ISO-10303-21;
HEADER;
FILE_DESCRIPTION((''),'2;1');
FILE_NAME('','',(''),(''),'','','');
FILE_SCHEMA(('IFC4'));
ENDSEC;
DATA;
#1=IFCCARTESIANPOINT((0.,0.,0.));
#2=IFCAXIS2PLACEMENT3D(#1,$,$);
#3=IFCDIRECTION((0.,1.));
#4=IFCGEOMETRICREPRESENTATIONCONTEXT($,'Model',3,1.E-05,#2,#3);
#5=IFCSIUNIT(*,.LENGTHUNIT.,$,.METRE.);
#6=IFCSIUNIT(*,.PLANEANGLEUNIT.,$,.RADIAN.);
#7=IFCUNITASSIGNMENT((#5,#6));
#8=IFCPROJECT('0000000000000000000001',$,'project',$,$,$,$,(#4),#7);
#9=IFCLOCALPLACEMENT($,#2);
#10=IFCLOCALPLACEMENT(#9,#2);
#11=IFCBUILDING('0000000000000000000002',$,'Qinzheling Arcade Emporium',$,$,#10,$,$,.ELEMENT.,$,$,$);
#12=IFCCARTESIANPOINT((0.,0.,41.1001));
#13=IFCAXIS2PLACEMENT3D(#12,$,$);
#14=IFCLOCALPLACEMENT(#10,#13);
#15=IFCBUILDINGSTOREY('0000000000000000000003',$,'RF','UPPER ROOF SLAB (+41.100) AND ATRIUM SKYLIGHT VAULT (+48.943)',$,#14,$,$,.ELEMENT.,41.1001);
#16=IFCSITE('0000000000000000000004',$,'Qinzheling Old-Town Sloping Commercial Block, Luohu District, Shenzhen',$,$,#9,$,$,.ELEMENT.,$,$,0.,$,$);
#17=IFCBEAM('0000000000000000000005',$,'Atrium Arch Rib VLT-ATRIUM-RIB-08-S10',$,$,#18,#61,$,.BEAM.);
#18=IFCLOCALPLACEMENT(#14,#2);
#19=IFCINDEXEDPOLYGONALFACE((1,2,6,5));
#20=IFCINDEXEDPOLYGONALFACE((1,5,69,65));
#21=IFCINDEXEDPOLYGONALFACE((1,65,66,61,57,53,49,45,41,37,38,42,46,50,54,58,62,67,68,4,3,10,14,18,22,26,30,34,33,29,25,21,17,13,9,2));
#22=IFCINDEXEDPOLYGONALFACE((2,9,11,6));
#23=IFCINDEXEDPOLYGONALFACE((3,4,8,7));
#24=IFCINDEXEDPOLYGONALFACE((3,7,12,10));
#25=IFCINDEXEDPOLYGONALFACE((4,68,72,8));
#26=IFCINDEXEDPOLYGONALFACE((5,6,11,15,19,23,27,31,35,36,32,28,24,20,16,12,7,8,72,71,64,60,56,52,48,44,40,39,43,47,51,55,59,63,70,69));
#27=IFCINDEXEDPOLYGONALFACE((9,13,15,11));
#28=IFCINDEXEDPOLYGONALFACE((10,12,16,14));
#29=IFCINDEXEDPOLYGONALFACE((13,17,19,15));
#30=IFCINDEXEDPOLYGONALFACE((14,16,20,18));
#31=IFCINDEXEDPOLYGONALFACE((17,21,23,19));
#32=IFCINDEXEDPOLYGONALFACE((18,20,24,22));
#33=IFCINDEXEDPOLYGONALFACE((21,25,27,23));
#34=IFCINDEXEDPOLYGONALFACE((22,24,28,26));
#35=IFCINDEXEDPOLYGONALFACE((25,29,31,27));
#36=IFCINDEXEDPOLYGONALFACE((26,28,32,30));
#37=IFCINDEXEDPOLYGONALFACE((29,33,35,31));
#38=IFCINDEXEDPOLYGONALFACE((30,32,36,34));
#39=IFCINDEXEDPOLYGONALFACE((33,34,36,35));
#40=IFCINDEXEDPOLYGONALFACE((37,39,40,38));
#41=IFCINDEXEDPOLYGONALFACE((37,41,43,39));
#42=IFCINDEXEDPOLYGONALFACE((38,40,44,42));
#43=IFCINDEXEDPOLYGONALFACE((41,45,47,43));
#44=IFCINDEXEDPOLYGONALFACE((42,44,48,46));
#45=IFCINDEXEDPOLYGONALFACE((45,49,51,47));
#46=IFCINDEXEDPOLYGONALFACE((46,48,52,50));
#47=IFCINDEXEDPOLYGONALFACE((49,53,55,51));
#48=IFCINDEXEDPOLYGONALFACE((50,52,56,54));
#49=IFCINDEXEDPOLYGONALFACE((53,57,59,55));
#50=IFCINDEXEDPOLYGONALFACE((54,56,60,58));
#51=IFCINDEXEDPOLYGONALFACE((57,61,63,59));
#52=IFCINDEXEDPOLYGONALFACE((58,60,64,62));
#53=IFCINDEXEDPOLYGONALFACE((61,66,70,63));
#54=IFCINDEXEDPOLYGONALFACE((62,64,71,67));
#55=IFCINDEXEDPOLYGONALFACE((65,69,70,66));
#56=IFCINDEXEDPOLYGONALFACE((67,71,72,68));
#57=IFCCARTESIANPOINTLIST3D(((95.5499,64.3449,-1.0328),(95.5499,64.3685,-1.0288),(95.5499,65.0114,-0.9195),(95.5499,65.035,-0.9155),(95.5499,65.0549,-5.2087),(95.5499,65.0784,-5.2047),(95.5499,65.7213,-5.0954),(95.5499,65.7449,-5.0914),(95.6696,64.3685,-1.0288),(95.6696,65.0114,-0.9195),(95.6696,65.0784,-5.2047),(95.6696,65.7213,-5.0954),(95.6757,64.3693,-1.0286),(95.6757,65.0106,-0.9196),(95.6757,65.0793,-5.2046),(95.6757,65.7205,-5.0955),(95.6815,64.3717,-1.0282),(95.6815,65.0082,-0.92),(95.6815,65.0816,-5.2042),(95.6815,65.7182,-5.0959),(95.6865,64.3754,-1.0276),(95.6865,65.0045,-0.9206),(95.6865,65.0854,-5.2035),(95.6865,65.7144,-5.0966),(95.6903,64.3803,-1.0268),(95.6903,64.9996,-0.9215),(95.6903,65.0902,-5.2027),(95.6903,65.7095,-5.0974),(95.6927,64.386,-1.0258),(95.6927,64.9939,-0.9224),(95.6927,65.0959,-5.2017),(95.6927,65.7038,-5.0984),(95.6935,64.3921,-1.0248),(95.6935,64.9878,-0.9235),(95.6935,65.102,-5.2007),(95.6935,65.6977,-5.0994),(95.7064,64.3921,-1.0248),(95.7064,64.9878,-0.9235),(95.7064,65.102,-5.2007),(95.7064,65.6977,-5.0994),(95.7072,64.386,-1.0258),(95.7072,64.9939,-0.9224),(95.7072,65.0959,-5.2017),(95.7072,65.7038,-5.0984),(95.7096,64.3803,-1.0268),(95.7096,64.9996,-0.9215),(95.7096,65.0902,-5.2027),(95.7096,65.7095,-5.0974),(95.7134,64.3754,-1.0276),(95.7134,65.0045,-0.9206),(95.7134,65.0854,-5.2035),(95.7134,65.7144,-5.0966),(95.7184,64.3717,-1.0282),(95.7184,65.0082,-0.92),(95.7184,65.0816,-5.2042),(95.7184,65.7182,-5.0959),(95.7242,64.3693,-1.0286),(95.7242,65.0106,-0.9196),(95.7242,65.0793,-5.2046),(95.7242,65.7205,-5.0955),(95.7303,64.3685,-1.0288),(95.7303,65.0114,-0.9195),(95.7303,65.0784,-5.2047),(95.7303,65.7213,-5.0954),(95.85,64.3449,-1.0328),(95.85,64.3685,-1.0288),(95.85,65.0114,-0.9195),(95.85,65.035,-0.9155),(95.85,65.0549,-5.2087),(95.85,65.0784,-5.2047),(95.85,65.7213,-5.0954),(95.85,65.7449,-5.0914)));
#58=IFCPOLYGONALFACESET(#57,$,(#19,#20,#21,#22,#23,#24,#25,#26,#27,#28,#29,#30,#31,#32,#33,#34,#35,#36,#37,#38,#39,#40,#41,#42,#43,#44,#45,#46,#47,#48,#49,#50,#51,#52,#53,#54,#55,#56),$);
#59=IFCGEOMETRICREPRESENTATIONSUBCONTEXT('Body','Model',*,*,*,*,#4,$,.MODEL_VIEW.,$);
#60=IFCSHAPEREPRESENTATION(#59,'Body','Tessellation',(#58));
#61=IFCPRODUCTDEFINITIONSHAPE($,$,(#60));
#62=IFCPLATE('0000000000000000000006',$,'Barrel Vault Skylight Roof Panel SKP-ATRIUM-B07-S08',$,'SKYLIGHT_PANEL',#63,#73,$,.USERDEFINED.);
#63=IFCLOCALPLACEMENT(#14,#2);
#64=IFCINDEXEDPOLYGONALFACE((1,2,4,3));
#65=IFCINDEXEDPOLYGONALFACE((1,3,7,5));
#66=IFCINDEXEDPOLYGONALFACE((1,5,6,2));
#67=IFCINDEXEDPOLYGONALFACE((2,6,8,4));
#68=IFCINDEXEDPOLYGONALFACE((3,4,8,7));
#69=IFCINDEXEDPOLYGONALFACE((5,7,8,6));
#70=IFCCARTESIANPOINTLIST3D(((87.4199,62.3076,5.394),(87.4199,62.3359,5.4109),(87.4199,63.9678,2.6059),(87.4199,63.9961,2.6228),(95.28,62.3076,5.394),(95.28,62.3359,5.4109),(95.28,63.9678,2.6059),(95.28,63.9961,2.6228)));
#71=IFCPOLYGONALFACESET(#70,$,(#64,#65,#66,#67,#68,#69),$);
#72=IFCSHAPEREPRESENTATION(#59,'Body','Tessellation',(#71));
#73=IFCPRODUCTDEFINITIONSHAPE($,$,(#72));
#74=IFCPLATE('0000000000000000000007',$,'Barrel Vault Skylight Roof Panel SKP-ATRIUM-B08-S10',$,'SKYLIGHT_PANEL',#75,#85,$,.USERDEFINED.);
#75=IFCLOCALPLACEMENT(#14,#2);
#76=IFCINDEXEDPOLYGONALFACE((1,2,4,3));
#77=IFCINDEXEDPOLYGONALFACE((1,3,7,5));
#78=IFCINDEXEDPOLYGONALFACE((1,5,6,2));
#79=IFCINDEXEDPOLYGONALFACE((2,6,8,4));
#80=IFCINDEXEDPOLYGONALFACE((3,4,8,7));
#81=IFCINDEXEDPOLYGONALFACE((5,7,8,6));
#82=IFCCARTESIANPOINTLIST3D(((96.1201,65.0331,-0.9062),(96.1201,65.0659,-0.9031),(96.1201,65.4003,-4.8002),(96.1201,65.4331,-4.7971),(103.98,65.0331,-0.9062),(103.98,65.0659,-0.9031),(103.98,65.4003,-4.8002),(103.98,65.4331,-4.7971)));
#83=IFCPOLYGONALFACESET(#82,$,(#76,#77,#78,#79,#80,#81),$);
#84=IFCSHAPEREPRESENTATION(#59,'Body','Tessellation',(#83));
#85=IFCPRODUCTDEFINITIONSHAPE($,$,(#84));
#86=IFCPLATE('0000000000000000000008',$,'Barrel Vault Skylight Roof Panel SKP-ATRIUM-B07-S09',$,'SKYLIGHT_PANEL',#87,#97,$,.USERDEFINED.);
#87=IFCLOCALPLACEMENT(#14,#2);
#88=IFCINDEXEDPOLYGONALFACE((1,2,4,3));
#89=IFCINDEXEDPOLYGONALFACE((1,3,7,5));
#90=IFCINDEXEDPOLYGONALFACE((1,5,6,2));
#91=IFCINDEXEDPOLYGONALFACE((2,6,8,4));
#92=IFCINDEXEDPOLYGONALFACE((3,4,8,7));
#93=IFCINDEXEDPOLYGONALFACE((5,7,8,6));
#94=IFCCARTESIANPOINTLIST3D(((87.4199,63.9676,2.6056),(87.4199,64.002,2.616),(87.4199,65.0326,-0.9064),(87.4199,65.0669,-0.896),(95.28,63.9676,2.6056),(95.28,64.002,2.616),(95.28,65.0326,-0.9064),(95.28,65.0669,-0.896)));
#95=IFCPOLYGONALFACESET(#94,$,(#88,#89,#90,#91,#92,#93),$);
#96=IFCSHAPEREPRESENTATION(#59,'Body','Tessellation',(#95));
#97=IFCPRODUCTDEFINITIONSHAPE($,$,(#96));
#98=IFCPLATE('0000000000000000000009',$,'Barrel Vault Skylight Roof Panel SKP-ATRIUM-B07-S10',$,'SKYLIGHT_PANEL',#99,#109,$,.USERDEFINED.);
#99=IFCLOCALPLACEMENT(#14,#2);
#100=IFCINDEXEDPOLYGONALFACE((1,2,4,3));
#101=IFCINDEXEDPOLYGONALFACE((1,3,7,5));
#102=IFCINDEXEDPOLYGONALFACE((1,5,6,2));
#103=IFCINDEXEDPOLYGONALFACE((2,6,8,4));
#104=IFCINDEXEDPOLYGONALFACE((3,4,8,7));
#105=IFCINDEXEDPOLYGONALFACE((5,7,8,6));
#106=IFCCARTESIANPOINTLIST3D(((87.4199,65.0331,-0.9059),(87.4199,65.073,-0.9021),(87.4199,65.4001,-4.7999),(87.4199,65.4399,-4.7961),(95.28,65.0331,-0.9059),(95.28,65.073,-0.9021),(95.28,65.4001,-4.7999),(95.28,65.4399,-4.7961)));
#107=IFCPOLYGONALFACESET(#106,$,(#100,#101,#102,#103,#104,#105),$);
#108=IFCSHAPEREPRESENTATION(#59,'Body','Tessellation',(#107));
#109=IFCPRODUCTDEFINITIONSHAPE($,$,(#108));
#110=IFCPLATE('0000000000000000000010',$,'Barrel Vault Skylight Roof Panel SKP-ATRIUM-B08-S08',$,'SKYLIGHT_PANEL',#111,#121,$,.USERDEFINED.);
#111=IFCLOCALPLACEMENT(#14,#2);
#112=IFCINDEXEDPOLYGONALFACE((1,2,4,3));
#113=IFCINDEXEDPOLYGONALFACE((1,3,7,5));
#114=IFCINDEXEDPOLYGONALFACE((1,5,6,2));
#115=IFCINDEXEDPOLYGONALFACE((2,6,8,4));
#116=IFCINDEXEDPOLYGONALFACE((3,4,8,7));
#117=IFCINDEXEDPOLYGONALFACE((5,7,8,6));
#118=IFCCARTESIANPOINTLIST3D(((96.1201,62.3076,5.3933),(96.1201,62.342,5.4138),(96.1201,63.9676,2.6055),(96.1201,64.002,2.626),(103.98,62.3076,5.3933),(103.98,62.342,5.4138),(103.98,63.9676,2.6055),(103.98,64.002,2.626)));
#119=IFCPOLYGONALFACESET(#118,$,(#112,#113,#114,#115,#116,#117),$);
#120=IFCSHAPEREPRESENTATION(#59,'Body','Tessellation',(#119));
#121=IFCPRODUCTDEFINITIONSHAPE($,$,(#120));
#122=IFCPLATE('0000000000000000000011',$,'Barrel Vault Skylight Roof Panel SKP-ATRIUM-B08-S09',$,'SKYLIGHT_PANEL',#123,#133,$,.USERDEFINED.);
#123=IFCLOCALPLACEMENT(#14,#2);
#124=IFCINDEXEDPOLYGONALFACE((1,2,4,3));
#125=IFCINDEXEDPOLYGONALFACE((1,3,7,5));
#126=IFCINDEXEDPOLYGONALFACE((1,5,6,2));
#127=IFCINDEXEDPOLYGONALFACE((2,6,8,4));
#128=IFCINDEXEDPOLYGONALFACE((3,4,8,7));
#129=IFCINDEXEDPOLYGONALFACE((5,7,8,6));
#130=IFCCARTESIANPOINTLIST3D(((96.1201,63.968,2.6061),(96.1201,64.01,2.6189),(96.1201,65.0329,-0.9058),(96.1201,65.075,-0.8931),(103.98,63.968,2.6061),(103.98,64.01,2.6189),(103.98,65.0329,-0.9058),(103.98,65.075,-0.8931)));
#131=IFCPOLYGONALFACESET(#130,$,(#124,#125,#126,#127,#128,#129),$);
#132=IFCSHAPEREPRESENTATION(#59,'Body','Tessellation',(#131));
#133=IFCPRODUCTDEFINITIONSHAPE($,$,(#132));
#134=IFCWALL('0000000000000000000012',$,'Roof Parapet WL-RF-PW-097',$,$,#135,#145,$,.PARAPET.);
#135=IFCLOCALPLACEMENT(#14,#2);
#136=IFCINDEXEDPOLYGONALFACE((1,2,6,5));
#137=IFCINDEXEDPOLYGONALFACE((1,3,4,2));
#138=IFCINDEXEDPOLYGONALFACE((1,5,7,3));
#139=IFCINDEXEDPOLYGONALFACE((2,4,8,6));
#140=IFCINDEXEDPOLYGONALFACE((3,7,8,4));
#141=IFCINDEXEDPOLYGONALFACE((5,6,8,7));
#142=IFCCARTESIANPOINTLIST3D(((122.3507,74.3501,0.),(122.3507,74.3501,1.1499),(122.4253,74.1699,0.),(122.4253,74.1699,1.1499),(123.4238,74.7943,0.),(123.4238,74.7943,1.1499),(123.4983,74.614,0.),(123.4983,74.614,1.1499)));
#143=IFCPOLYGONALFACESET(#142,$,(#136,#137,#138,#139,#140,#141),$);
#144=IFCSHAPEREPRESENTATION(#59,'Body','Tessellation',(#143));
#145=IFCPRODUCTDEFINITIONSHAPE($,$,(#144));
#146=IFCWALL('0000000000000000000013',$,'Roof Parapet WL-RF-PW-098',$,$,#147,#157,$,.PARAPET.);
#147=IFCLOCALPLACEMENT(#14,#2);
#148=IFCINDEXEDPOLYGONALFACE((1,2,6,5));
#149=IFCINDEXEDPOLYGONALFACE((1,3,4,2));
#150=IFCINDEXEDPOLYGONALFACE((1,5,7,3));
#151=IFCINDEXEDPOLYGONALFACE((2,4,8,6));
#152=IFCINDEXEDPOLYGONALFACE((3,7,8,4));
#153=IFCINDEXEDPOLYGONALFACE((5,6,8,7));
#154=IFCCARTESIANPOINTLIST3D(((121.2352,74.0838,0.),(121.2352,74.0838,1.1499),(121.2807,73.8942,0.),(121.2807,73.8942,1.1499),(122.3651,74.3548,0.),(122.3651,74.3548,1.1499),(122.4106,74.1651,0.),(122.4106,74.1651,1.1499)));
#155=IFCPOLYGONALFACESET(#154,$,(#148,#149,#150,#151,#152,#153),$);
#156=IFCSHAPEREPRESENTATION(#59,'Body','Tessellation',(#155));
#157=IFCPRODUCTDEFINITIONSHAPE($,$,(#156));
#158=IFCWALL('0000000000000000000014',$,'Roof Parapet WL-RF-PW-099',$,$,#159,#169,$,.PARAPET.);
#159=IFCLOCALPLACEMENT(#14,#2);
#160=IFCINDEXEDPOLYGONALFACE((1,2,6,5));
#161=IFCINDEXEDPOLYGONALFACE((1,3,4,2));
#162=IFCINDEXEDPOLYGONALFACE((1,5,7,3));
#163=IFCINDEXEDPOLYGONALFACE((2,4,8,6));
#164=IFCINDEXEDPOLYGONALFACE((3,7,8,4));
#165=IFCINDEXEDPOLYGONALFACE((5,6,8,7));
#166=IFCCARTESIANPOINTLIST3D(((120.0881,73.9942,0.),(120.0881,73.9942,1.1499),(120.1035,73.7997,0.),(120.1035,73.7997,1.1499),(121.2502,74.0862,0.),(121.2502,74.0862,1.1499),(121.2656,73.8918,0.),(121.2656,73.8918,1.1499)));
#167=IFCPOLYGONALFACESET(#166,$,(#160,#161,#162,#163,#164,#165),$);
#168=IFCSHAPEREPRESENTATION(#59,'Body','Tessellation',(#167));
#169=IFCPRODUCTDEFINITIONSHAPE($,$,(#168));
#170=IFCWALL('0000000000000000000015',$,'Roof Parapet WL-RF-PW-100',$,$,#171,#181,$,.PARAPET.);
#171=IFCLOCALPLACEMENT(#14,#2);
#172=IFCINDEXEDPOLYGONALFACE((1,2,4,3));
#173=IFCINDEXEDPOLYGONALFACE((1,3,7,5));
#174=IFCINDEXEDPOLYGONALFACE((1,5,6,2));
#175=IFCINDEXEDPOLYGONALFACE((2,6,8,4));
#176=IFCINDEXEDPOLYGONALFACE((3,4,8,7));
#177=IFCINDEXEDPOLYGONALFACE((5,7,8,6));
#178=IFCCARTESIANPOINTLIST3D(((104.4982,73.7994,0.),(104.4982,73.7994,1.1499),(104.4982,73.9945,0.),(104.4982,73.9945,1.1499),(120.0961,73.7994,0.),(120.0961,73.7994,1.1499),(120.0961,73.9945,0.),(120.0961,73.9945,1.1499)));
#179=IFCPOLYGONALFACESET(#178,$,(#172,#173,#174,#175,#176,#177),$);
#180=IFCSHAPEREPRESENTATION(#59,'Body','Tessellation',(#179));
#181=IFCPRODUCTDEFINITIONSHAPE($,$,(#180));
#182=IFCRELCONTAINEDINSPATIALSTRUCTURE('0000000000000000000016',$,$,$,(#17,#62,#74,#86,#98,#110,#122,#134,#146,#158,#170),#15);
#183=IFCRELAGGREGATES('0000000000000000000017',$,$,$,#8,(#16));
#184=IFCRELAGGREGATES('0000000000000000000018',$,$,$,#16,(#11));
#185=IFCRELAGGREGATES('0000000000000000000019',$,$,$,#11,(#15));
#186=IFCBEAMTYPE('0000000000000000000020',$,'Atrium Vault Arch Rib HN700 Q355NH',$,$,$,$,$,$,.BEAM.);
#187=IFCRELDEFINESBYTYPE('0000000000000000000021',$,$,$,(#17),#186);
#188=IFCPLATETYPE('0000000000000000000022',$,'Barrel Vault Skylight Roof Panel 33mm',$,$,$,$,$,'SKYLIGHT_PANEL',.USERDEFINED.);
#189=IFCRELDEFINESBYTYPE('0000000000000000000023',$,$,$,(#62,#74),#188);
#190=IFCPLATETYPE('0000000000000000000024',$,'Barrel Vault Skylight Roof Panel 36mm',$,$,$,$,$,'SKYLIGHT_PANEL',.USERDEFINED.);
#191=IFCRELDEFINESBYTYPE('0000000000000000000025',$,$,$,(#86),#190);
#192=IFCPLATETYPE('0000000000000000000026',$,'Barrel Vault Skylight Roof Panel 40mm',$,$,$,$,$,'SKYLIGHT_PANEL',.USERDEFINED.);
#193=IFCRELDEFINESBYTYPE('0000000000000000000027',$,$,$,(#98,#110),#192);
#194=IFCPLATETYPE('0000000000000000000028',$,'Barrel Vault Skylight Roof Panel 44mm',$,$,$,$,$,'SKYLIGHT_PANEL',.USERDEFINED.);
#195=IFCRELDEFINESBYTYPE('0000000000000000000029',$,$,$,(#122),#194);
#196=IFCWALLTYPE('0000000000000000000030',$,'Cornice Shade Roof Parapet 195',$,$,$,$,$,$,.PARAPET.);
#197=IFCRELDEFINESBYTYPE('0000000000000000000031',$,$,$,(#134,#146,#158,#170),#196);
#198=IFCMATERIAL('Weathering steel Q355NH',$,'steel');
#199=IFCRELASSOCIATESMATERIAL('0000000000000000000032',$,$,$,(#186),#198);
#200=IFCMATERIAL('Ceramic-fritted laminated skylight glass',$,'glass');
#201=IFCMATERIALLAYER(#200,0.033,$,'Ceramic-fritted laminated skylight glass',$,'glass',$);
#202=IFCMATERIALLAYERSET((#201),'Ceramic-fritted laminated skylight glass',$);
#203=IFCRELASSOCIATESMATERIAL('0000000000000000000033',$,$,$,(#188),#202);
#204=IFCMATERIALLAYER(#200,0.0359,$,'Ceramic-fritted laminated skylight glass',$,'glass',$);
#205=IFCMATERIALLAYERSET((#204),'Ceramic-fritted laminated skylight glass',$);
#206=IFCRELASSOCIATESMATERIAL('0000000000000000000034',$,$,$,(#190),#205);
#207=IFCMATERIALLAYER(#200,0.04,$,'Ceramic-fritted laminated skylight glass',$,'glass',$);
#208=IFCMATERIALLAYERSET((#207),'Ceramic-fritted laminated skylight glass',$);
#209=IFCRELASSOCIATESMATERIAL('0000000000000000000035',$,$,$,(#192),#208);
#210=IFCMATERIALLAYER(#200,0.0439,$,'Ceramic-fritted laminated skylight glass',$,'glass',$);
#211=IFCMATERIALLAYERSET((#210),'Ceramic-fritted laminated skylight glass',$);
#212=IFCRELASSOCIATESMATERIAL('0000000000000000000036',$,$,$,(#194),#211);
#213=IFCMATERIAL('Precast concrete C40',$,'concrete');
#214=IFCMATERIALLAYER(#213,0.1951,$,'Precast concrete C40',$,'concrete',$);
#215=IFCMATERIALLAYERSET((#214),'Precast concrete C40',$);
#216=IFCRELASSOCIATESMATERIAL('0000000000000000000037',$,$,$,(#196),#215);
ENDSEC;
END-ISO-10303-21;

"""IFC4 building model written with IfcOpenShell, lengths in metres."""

from ifc_helpers import new_model, si_unit, direction, frame, frame_2d, origin, origin_2d, place, context, subcontext, project, spatial, polyline, rectangle, i_section, outline, extrude, material, layer, layer_set, material_profile, profile_set, type_object, element, save


model = new_model("IFC4")

# Units and contexts
model_context = context("Model", 3, precision=1e-05, world=origin(), true_north=direction((0.0, 1.0)))
body_context = subcontext(model_context, "Body", "Model", "MODEL_VIEW")
ifc_project = project(units=[si_unit("LENGTHUNIT", "METRE"), si_unit("PLANEANGLEUNIT", "RADIAN")], contexts=[model_context])

# Site, building, storey
site_placement = place(None, origin())
site = spatial("IfcSite", under=ifc_project, at=site_placement, Name="Qinzheling Old-Town Sloping Commercial Block, Luohu District, Shenzhen", CompositionType="ELEMENT", RefElevation=0.0)
building_placement = place(site_placement, origin())
building = spatial("IfcBuilding", under=site, at=building_placement, Name="Qinzheling Arcade Emporium", CompositionType="ELEMENT")
storey_placement = place(building_placement, frame((0.0, 0.0, 41.1001)))
storey = spatial("IfcBuildingStorey", under=building, at=storey_placement, Name="RF", Description="UPPER ROOF SLAB (+41.100) AND ATRIUM SKYLIGHT VAULT (+48.943)", CompositionType="ELEMENT", Elevation=41.1001)

# Shared definitions
ifc_material_1 = material(Name="Weathering steel Q355NH", Category="steel")

# Beam
ifc_material_profile_1 = material_profile(ifc_material_1, i_section(OverallWidth=0.3, OverallDepth=0.7, WebThickness=0.0129, FlangeThickness=0.0239, FilletRadius=0.0239, at=origin_2d()), Name="HN 700x300x13x24", Category="steel")
ifc_profile_set_1 = profile_set([ifc_material_profile_1], Name="Weathering steel Q355NH")
beam_type_1 = type_object("IfcBeamType", Name="Atrium Vault Arch Rib HN700 Q355NH", PredefinedType="BEAM", material=ifc_profile_set_1)
beam_1_placement = place(storey_placement, frame((95.7, 64.6899, -0.9741), z_axis=(0.0, 0.167604, -0.985854), x_axis=(-1.0, 0.0, 0.0)))
element("IfcBeam", 1, at=beam_1_placement, inside=storey, type_object=beam_type_1, Name="Atrium Arch Rib VLT-ATRIUM-RIB-08-S10", PredefinedType="BEAM", context=body_context, shape_type="SweptSolid", body=[
    extrude(i_section(OverallWidth=0.3, OverallDepth=0.7, WebThickness=0.0129, FlangeThickness=0.0239, FilletRadius=0.0239, at=origin_2d()), origin(), (0.0, 0.0, 1.0), 4.2358),
])

# Plates
ifc_material_2 = material(Name="Ceramic-fritted laminated skylight glass", Category="glass")
ifc_layer_1 = layer(ifc_material_2, 0.033, Name="Ceramic-fritted laminated skylight glass", Category="glass")
ifc_layer_set_1 = layer_set([ifc_layer_1], Name="Ceramic-fritted laminated skylight glass")
plate_type_1 = type_object("IfcPlateType", Name="Barrel Vault Skylight Roof Panel 33mm", ElementType="SKYLIGHT_PANEL", PredefinedType="USERDEFINED", material=ifc_layer_set_1)
plate_1_placement = place(storey_placement, frame((87.4199, 62.3359, 5.4109), z_axis=(0.0, 0.859214, 0.511616), x_axis=(1.0, 0.0, 0.0)))
element("IfcPlate", 2, at=plate_1_placement, inside=storey, type_object=plate_type_1, Name="Barrel Vault Skylight Roof Panel SKP-ATRIUM-B07-S08", ObjectType="SKYLIGHT_PANEL", PredefinedType="USERDEFINED", context=body_context, shape_type="SweptSolid", body=[
    extrude(outline(polyline([(0.0, 0.0), (7.8601, 0.0), (7.8601, 3.2449), (0.0, 3.2449), (0.0, 0.0)])), origin(), (0.0, 0.0, -1.0), 0.033),
])
plate_2_placement = place(storey_placement, frame((96.1201, 65.0659, -0.9031), z_axis=(0.0, 0.995584, 0.093878), x_axis=(1.0, 0.0, 0.0)))
element("IfcPlate", 3, at=plate_2_placement, inside=storey, type_object=plate_type_1, Name="Barrel Vault Skylight Roof Panel SKP-ATRIUM-B08-S10", ObjectType="SKYLIGHT_PANEL", PredefinedType="USERDEFINED", context=body_context, shape_type="SweptSolid", body=[
    extrude(outline(polyline([(0.0, 0.0), (7.8599, 0.0), (7.8599, 3.9113), (0.0, 3.9113), (0.0, 0.0)])), origin(), (0.0, 0.0, -1.0), 0.033),
])
ifc_layer_2 = layer(ifc_material_2, 0.0359, Name="Ceramic-fritted laminated skylight glass", Category="glass")
ifc_layer_set_2 = layer_set([ifc_layer_2], Name="Ceramic-fritted laminated skylight glass")
plate_type_2 = type_object("IfcPlateType", Name="Barrel Vault Skylight Roof Panel 36mm", ElementType="SKYLIGHT_PANEL", PredefinedType="USERDEFINED", material=ifc_layer_set_2)
plate_3_placement = place(storey_placement, frame((87.4199, 64.002, 2.616), z_axis=(0.0, 0.956971, 0.290185), x_axis=(1.0, 0.0, 0.0)))
element("IfcPlate", 4, at=plate_3_placement, inside=storey, type_object=plate_type_2, Name="Barrel Vault Skylight Roof Panel SKP-ATRIUM-B07-S09", ObjectType="SKYLIGHT_PANEL", PredefinedType="USERDEFINED", context=body_context, shape_type="SweptSolid", body=[
    extrude(outline(polyline([(0.0, 0.0), (7.8601, 0.0), (7.8601, 3.6699), (0.0, 3.6699), (0.0, 0.0)])), origin(), (0.0, 0.0, -1.0), 0.0359),
])
ifc_layer_3 = layer(ifc_material_2, 0.04, Name="Ceramic-fritted laminated skylight glass", Category="glass")
ifc_layer_set_3 = layer_set([ifc_layer_3], Name="Ceramic-fritted laminated skylight glass")
plate_type_3 = type_object("IfcPlateType", Name="Barrel Vault Skylight Roof Panel 40mm", ElementType="SKYLIGHT_PANEL", PredefinedType="USERDEFINED", material=ifc_layer_set_3)
plate_4_placement = place(storey_placement, frame((87.4199, 65.073, -0.9021), z_axis=(0.0, 0.99559, 0.093816), x_axis=(1.0, 0.0, 0.0)))
element("IfcPlate", 5, at=plate_4_placement, inside=storey, type_object=plate_type_3, Name="Barrel Vault Skylight Roof Panel SKP-ATRIUM-B07-S10", ObjectType="SKYLIGHT_PANEL", PredefinedType="USERDEFINED", context=body_context, shape_type="SweptSolid", body=[
    extrude(outline(polyline([(0.0, 0.0), (7.8601, 0.0), (7.8601, 3.9113), (0.0, 3.9113), (0.0, 0.0)])), origin(), (0.0, 0.0, -1.0), 0.04),
])
plate_5_placement = place(storey_placement, frame((96.1201, 62.342, 5.4138), z_axis=(0.0, 0.859228, 0.511594), x_axis=(1.0, 0.0, 0.0)))
element("IfcPlate", 6, at=plate_5_placement, inside=storey, type_object=plate_type_3, Name="Barrel Vault Skylight Roof Panel SKP-ATRIUM-B08-S08", ObjectType="SKYLIGHT_PANEL", PredefinedType="USERDEFINED", context=body_context, shape_type="SweptSolid", body=[
    extrude(outline(polyline([(0.0, 0.0), (7.8599, 0.0), (7.8599, 3.2446), (0.0, 3.2446), (0.0, 0.0)])), origin(), (0.0, 0.0, -1.0), 0.04),
])
ifc_layer_4 = layer(ifc_material_2, 0.0439, Name="Ceramic-fritted laminated skylight glass", Category="glass")
ifc_layer_set_4 = layer_set([ifc_layer_4], Name="Ceramic-fritted laminated skylight glass")
plate_type_4 = type_object("IfcPlateType", Name="Barrel Vault Skylight Roof Panel 44mm", ElementType="SKYLIGHT_PANEL", PredefinedType="USERDEFINED", material=ifc_layer_set_4)
plate_6_placement = place(storey_placement, frame((96.1201, 64.01, 2.6189), z_axis=(0.0, 0.956971, 0.290185), x_axis=(1.0, 0.0, 0.0)))
element("IfcPlate", 7, at=plate_6_placement, inside=storey, type_object=plate_type_4, Name="Barrel Vault Skylight Roof Panel SKP-ATRIUM-B08-S09", ObjectType="SKYLIGHT_PANEL", PredefinedType="USERDEFINED", context=body_context, shape_type="SweptSolid", body=[
    extrude(outline(polyline([(0.0, 0.0), (7.8599, 0.0), (7.8599, 3.6699), (0.0, 3.6699), (0.0, 0.0)])), origin(), (0.0, 0.0, -1.0), 0.0439),
])

# Walls
ifc_material_3 = material(Name="Precast concrete C40", Category="concrete")
ifc_layer_5 = layer(ifc_material_3, 0.1951, Name="Precast concrete C40", Category="concrete")
ifc_layer_set_5 = layer_set([ifc_layer_5], Name="Precast concrete C40")
wall_type_1 = type_object("IfcWallType", Name="Cornice Shade Roof Parapet 195", PredefinedType="PARAPET", material=ifc_layer_set_5)
wall_1_placement = place(storey_placement, frame((123.4609, 74.7041, 0.0), z_axis=(0.0, 0.0, 1.0), x_axis=(-0.923989, -0.38242, 0.0)))
element("IfcWall", 8, at=wall_1_placement, inside=storey, type_object=wall_type_1, Name="Roof Parapet WL-RF-PW-097", PredefinedType="PARAPET", context=body_context, shape_type="SweptSolid", body=[
    extrude(rectangle(XDim=1.1614, YDim=0.1951, at=frame_2d((0.5806, 0.0))), origin(), (0.0, 0.0, 1.0), 1.1499),
])
wall_2_placement = place(storey_placement, frame((122.3879, 74.26, 0.0), z_axis=(0.0, 0.0, 1.0), x_axis=(-0.972422, -0.23323, 0.0)))
element("IfcWall", 9, at=wall_2_placement, inside=storey, type_object=wall_type_1, Name="Roof Parapet WL-RF-PW-098", PredefinedType="PARAPET", context=body_context, shape_type="SweptSolid", body=[
    extrude(rectangle(XDim=1.1619, YDim=0.1951, at=frame_2d((0.5811, 0.0))), origin(), (0.0, 0.0, 1.0), 1.1499),
])
wall_3_placement = place(storey_placement, frame((121.2581, 73.989, 0.0), z_axis=(0.0, 0.0, 1.0), x_axis=(-0.996878, -0.078954, 0.0)))
element("IfcWall", 10, at=wall_3_placement, inside=storey, type_object=wall_type_1, Name="Roof Parapet WL-RF-PW-099", PredefinedType="PARAPET", context=body_context, shape_type="SweptSolid", body=[
    extrude(rectangle(XDim=1.1658, YDim=0.1951, at=frame_2d((0.583, 0.0))), origin(), (0.0, 0.0, 1.0), 1.1499),
])
wall_4_placement = place(storey_placement, frame((120.0959, 73.897, 0.0), z_axis=(0.0, 0.0, 1.0), x_axis=(-1.0, 0.0, 0.0)))
element("IfcWall", 11, at=wall_4_placement, inside=storey, type_object=wall_type_1, Name="Roof Parapet WL-RF-PW-100", PredefinedType="PARAPET", context=body_context, shape_type="SweptSolid", body=[
    extrude(rectangle(XDim=15.5979, YDim=0.1951, at=frame_2d((7.7988, 0.0))), origin(), (0.0, 0.0, 1.0), 1.1499),
])

save(model, "model.ifc")
